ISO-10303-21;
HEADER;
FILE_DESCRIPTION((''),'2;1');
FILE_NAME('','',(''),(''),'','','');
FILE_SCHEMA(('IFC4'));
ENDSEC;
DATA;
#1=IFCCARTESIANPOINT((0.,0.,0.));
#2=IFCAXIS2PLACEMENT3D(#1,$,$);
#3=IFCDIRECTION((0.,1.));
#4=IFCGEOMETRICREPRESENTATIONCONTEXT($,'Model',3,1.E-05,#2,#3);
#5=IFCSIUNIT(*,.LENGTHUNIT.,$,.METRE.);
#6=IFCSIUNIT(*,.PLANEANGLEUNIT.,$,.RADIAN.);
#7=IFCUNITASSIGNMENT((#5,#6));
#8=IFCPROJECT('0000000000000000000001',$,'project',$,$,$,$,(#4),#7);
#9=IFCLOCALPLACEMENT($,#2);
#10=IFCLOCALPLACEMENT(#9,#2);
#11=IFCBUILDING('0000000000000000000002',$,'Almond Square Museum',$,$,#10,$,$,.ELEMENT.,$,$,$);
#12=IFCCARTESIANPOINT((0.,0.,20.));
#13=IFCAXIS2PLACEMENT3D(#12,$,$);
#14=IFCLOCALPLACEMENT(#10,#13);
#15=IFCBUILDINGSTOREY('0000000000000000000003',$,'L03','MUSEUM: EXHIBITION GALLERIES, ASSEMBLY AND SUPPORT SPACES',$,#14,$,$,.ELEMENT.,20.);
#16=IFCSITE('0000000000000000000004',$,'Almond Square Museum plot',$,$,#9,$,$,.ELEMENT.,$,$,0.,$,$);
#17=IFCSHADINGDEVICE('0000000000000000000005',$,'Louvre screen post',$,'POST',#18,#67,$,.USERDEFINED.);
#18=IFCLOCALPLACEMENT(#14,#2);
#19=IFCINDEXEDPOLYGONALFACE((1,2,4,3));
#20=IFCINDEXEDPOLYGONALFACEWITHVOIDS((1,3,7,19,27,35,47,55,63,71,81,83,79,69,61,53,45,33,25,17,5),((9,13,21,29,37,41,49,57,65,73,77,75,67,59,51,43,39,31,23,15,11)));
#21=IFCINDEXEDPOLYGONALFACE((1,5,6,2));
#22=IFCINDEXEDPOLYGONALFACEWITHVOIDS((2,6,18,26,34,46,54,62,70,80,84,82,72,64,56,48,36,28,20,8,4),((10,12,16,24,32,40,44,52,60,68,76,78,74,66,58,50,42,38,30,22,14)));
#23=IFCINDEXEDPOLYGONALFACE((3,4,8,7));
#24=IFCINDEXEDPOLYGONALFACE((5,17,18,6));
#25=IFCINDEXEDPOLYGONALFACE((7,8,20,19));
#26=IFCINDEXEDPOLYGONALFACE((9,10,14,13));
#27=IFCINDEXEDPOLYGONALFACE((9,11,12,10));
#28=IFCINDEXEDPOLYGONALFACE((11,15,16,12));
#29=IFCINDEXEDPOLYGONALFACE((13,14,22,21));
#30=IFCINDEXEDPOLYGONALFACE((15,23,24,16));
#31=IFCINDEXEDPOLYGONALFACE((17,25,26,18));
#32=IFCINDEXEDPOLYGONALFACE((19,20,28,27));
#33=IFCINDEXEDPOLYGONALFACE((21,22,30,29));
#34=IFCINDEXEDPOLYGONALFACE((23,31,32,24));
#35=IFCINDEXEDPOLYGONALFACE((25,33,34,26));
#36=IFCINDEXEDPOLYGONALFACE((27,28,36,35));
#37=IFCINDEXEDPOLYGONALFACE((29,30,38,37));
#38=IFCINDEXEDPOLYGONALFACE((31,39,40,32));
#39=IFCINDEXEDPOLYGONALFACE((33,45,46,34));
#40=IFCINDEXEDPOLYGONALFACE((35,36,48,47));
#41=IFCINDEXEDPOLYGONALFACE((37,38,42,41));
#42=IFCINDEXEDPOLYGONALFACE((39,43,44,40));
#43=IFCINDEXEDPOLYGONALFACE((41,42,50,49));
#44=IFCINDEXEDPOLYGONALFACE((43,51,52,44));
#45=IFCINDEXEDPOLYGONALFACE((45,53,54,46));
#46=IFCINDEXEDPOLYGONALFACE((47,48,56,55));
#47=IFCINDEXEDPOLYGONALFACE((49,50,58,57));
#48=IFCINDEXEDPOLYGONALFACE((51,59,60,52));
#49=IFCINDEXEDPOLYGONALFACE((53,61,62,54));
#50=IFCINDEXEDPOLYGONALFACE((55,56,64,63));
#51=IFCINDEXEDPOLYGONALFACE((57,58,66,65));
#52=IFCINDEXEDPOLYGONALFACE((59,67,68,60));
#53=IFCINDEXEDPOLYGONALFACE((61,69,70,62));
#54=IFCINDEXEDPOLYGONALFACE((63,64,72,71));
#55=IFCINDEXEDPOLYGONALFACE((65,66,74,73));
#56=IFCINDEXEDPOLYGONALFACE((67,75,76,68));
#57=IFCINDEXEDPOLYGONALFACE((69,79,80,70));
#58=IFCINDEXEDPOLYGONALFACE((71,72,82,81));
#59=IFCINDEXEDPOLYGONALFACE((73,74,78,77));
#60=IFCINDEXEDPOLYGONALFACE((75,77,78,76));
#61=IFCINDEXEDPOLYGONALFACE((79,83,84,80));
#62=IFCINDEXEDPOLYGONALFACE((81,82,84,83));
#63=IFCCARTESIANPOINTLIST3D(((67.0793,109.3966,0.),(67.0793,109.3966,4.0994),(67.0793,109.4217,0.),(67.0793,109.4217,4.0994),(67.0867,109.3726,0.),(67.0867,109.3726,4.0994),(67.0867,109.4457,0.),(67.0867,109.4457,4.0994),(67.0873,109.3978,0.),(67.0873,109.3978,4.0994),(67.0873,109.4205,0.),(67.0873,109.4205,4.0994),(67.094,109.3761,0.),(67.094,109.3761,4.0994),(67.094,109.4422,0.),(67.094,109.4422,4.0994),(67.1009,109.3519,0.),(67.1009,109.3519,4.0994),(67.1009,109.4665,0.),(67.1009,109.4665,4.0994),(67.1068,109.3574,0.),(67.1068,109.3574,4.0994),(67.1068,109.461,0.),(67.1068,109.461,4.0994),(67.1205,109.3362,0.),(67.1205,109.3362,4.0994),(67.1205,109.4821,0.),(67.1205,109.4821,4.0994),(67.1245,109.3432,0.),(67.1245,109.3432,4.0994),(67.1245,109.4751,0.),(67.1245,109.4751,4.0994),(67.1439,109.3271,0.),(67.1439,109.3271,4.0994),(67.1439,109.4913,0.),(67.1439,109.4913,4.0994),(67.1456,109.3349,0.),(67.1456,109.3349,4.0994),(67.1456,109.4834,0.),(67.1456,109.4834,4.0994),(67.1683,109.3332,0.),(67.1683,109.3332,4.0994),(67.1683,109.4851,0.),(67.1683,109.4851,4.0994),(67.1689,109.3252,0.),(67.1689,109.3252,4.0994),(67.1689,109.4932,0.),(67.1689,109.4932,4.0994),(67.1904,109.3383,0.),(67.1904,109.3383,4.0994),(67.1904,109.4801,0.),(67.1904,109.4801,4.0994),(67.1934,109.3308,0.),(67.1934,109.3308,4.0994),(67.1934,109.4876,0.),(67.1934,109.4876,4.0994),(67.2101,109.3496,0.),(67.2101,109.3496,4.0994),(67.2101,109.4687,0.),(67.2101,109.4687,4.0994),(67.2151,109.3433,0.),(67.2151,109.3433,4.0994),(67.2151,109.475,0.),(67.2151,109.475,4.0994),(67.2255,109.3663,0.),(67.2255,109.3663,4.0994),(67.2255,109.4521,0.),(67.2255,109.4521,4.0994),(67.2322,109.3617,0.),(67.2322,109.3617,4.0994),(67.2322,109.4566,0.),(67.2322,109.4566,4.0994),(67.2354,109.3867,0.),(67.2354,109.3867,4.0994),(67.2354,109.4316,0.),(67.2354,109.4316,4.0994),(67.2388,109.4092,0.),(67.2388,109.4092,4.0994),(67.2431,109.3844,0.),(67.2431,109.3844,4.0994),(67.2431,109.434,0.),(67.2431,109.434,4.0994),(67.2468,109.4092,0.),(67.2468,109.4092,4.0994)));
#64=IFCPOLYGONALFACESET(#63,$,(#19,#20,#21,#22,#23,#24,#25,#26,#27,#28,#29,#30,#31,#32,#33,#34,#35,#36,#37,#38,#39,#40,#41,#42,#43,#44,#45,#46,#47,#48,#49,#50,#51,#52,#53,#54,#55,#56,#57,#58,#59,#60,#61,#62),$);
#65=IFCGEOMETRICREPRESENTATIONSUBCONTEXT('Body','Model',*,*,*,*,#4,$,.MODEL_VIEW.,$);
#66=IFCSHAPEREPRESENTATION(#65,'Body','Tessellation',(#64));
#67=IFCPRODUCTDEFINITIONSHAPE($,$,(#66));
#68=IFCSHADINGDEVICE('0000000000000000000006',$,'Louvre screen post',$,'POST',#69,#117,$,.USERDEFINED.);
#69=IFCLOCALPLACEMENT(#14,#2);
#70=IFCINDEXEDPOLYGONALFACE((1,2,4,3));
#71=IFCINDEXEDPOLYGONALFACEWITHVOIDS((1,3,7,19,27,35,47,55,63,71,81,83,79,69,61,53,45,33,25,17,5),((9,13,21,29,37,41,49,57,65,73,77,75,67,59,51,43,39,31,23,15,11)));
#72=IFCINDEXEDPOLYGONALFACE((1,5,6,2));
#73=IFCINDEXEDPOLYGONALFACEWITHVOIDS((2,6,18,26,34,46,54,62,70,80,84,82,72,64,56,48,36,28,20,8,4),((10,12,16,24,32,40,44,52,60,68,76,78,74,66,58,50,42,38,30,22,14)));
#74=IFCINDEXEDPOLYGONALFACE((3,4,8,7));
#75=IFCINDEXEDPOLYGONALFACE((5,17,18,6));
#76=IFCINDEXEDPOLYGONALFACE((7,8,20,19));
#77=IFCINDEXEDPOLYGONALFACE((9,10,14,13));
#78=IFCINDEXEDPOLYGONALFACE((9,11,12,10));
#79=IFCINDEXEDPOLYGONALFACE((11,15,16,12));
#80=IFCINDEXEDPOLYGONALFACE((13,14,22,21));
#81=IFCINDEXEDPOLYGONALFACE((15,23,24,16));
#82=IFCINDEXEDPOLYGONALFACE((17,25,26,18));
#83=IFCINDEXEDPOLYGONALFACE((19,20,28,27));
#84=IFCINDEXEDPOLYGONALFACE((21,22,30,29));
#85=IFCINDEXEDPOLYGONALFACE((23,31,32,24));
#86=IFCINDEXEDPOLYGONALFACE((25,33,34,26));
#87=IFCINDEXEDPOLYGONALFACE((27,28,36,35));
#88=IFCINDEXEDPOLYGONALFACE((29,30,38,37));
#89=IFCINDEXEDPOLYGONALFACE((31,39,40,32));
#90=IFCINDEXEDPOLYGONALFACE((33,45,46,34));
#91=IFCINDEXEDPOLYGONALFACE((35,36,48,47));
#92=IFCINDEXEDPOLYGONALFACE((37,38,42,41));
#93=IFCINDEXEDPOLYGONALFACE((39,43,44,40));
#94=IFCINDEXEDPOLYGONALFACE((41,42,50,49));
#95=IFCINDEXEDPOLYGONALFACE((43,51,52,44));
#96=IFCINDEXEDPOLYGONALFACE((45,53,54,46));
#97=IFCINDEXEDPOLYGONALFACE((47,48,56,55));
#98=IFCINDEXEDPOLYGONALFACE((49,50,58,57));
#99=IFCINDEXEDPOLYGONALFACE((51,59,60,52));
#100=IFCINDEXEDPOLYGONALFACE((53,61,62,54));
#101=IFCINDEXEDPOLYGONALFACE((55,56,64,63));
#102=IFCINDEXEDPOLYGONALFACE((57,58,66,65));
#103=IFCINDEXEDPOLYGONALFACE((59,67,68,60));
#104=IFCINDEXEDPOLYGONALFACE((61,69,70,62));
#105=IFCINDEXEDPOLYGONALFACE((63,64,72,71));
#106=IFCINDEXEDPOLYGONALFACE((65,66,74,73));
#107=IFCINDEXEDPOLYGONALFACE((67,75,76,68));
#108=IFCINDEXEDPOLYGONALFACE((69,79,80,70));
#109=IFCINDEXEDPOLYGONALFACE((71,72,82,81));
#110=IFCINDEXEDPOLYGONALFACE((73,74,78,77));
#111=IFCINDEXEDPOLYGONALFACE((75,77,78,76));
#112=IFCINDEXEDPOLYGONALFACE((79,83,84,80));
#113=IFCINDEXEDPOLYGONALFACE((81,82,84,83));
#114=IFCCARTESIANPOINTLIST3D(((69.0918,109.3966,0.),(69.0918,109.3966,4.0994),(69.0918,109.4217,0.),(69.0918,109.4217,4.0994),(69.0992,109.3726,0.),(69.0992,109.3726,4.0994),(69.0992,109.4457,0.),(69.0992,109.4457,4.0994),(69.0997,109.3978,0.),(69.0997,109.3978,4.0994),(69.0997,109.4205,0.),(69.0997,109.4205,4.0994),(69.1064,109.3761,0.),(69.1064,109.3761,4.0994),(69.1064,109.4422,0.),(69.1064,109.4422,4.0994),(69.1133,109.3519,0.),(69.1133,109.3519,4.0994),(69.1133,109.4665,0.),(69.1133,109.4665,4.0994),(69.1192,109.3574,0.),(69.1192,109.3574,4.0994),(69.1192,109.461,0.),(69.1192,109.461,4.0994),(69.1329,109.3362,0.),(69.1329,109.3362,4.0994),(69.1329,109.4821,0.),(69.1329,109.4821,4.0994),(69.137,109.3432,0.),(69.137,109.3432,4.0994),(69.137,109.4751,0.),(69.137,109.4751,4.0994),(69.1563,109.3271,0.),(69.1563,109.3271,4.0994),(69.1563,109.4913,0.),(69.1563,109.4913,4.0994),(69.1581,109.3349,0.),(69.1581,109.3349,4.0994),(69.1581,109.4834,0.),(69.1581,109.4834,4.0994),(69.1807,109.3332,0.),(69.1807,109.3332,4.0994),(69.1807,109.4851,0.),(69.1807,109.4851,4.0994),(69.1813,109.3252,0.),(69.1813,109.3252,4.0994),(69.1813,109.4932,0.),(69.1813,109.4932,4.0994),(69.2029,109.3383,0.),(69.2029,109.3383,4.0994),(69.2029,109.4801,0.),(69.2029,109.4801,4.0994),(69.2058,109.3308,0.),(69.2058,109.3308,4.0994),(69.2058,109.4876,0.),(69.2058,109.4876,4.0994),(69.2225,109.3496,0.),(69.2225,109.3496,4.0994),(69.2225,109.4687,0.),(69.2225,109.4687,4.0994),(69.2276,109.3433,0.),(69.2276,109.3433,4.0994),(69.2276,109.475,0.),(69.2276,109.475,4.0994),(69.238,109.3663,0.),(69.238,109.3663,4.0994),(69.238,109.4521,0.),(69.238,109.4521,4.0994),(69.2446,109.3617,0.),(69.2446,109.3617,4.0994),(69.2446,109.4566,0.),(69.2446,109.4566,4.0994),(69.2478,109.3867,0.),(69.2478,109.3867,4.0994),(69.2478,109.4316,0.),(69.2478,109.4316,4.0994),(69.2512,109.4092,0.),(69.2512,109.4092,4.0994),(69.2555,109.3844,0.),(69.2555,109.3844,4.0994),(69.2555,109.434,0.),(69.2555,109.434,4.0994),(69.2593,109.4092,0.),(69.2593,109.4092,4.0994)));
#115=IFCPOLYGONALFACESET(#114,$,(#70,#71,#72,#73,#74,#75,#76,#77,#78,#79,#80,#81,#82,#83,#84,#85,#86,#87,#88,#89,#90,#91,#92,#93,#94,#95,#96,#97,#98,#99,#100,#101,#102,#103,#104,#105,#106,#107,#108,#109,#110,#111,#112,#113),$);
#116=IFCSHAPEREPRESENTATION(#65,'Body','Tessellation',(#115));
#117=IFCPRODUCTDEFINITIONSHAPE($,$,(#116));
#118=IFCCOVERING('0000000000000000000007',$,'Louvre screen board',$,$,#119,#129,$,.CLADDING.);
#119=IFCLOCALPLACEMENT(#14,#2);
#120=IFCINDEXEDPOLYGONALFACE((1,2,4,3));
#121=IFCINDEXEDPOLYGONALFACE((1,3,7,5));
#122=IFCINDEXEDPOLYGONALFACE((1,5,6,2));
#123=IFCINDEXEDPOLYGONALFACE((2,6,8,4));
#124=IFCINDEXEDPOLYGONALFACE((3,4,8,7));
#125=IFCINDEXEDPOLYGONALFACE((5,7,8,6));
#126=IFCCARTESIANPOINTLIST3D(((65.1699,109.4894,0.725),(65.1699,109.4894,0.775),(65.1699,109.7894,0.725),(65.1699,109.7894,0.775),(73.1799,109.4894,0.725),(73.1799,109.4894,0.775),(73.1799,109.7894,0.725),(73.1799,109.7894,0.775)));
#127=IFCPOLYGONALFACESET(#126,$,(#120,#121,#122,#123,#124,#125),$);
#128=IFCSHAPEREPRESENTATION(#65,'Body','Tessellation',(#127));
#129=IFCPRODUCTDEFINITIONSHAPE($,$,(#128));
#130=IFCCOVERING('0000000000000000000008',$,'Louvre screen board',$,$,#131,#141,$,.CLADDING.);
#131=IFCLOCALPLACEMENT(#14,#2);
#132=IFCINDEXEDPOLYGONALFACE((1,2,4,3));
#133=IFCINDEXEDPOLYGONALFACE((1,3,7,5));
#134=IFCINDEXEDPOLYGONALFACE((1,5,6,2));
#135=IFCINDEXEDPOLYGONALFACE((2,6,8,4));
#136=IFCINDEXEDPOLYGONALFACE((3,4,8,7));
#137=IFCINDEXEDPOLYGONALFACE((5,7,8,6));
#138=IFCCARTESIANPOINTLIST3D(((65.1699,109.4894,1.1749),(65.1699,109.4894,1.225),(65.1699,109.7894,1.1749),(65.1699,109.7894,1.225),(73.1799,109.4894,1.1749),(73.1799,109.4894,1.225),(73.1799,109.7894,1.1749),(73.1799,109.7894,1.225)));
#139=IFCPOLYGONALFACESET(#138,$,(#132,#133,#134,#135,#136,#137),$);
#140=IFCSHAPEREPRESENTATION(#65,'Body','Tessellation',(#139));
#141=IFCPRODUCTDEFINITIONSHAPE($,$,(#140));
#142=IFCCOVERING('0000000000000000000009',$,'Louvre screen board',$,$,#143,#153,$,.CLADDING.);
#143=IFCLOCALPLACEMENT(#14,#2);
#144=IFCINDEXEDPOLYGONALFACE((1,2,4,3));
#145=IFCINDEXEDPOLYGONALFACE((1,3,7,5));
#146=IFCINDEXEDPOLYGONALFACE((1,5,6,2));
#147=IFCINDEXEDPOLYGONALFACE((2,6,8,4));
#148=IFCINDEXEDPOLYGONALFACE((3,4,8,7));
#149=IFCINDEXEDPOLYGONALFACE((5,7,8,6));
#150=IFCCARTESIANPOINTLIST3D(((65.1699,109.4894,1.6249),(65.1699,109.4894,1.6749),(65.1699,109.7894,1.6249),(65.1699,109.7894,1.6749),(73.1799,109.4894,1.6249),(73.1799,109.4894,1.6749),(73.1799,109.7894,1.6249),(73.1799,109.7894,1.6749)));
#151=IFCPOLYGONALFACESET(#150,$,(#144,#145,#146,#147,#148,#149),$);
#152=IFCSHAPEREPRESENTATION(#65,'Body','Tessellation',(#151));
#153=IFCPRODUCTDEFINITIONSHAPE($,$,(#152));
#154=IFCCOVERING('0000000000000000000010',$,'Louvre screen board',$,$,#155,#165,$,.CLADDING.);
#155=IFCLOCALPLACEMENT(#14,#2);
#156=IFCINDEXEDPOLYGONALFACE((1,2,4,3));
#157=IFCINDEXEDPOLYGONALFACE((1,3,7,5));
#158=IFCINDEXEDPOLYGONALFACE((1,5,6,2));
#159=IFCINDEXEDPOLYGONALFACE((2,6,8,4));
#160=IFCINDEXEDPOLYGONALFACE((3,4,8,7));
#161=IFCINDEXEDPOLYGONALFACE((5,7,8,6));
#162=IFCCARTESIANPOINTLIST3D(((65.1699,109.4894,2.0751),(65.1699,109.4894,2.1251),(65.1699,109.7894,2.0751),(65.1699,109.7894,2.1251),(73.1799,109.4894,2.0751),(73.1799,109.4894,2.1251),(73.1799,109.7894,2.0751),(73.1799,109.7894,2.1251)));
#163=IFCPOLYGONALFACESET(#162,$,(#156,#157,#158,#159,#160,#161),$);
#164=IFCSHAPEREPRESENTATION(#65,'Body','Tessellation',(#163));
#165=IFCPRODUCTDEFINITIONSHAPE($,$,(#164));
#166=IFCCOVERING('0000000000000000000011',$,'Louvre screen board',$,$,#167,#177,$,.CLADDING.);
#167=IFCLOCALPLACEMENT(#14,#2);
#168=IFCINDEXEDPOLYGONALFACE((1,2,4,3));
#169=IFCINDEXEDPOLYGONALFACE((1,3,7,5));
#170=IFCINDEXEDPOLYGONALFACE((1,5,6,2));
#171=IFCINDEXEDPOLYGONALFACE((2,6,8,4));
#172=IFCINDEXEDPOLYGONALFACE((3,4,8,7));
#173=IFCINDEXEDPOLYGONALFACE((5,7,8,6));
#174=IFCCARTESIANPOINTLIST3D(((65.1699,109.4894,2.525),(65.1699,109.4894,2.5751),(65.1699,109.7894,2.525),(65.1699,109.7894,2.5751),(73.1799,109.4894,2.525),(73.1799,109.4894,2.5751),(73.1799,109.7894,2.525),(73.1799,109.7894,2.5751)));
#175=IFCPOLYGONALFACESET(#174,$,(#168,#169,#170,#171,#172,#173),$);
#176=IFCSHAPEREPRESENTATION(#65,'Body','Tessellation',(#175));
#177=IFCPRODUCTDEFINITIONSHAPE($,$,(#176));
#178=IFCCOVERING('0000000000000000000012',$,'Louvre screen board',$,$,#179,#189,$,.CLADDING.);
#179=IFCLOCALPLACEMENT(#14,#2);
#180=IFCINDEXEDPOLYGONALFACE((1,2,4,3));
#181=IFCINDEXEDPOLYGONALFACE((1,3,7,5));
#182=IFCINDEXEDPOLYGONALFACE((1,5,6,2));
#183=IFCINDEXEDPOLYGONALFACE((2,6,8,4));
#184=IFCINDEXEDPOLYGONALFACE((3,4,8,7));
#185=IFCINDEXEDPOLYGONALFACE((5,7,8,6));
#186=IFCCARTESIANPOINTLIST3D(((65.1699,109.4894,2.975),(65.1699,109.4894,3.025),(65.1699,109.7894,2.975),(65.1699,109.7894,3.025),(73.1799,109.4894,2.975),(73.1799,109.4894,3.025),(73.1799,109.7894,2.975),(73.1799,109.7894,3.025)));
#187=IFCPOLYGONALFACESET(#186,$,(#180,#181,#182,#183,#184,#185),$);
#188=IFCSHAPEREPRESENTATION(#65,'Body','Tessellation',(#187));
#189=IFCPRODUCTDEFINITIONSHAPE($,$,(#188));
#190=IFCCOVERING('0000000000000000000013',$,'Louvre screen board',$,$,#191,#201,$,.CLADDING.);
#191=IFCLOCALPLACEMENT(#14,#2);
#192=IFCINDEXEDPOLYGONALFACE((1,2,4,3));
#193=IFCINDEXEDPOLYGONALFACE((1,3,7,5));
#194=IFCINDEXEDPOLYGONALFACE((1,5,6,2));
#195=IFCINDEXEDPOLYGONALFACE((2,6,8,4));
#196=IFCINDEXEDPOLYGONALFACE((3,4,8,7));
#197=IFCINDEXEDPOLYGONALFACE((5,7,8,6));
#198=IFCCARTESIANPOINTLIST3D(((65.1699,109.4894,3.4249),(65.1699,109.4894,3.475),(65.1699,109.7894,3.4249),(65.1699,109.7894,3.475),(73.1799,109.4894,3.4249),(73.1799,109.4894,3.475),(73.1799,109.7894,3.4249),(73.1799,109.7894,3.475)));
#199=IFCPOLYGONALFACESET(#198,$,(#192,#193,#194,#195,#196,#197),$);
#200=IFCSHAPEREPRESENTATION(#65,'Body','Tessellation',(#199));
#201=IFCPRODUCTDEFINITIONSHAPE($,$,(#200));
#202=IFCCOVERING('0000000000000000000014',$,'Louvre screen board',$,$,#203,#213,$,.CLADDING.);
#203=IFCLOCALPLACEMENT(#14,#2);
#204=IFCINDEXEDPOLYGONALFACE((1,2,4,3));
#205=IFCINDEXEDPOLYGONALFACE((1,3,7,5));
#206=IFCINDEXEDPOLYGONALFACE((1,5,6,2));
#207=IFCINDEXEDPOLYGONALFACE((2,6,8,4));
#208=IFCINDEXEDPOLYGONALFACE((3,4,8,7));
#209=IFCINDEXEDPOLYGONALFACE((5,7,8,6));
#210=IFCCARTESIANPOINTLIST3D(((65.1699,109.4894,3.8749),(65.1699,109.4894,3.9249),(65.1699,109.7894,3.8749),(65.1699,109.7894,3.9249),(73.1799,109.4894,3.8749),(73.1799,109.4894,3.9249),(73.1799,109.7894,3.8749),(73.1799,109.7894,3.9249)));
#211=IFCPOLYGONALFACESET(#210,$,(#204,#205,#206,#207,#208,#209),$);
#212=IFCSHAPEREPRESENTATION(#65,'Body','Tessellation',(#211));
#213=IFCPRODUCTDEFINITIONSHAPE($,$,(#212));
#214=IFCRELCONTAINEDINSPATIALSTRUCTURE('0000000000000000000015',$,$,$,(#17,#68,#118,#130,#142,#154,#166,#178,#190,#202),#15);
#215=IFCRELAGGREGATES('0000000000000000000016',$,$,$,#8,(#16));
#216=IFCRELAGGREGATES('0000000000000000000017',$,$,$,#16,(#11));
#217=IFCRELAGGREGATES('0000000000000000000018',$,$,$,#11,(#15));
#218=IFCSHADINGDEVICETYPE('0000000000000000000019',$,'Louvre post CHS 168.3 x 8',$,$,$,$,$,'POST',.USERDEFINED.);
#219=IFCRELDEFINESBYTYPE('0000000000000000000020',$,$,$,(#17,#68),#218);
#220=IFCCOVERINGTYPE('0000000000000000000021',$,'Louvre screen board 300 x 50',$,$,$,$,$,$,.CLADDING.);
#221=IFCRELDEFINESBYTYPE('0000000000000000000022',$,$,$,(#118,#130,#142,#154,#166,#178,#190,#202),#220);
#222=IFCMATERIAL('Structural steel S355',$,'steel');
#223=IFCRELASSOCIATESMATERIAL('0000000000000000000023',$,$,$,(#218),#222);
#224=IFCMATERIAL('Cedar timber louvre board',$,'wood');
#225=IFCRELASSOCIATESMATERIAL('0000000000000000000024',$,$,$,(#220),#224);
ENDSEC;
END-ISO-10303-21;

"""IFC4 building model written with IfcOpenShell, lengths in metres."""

from ifc_helpers import new_model, si_unit, direction, frame, origin, origin_2d, place, context, subcontext, project, spatial, rectangle, hollow_circle, extrude, material, material_profile, profile_set, type_object, element, save


model = new_model("IFC4")

# Units and contexts
model_context = context("Model", 3, precision=1e-05, world=origin(), true_north=direction((0.0, 1.0)))
body_context = subcontext(model_context, "Body", "Model", "MODEL_VIEW")
ifc_project = project(units=[si_unit("LENGTHUNIT", "METRE"), si_unit("PLANEANGLEUNIT", "RADIAN")], contexts=[model_context])

# Site, building, storey
site_placement = place(None, origin())
site = spatial("IfcSite", under=ifc_project, at=site_placement, Name="Almond Square Museum plot", CompositionType="ELEMENT", RefElevation=0.0)
building_placement = place(site_placement, origin())
building = spatial("IfcBuilding", under=site, at=building_placement, Name="Almond Square Museum", CompositionType="ELEMENT")
storey_placement = place(building_placement, frame((0.0, 0.0, 20.0)))
storey = spatial("IfcBuildingStorey", under=building, at=storey_placement, Name="L03", Description="MUSEUM: EXHIBITION GALLERIES, ASSEMBLY AND SUPPORT SPACES", CompositionType="ELEMENT", Elevation=20.0)

# Shading devices
ifc_material_1 = material(Name="Structural steel S355", Category="steel")
ifc_material_profile_1 = material_profile(ifc_material_1, hollow_circle(Radius=0.0842, WallThickness=0.0081, at=origin_2d()))
ifc_profile_set_1 = profile_set([ifc_material_profile_1], Name="Structural steel S355")
shading_device_type = type_object("IfcShadingDeviceType", Name="Louvre post CHS 168.3 x 8", ElementType="POST", PredefinedType="USERDEFINED", material=ifc_profile_set_1)
for number, where, z_axis, x_axis, name in (
    (1, (67.1626, 109.4092, 0.0), (0.0, 0.0, 1.0), (1.0, 0.0, 0.0), "Louvre screen post"),
    (2, (69.175, 109.4092, 0.0), (0.0, 0.0, 1.0), (1.0, 0.0, 0.0), "Louvre screen post"),
):
    element("IfcShadingDevice", number, at=place(storey_placement, frame(where, z_axis=z_axis, x_axis=x_axis)), inside=storey, type_object=shading_device_type, Name=name, ObjectType="POST", PredefinedType="USERDEFINED", context=body_context, shape_type="SweptSolid", body=[
        extrude(hollow_circle(Radius=0.0842, WallThickness=0.0081, at=origin_2d()), origin(), (0.0, 0.0, 1.0), 4.0994),
    ])

# Coverings
ifc_material_2 = material(Name="Cedar timber louvre board", Category="wood")
ifc_material_profile_2 = material_profile(ifc_material_2, rectangle(XDim=0.3, YDim=0.05, at=origin_2d()))
ifc_profile_set_2 = profile_set([ifc_material_profile_2], Name="Cedar timber louvre board")
covering_type_1 = type_object("IfcCoveringType", Name="Louvre screen board 300 x 50", PredefinedType="CLADDING", material=ifc_profile_set_2)
for number, where, z_axis, x_axis, name in (
    (3, (65.1699, 109.6394, 0.75), (1.0, 0.0, 0.0), (0.0, 1.0, 0.0), "Louvre screen board"),
    (4, (65.1699, 109.6394, 1.2), (1.0, 0.0, 0.0), (0.0, 1.0, 0.0), "Louvre screen board"),
    (5, (65.1699, 109.6394, 1.6499), (1.0, 0.0, 0.0), (0.0, 1.0, 0.0), "Louvre screen board"),
    (6, (65.1699, 109.6394, 2.1001), (1.0, 0.0, 0.0), (0.0, 1.0, 0.0), "Louvre screen board"),
    (7, (65.1699, 109.6394, 2.55), (1.0, 0.0, 0.0), (0.0, 1.0, 0.0), "Louvre screen board"),
    (8, (65.1699, 109.6394, 3.0), (1.0, 0.0, 0.0), (0.0, 1.0, 0.0), "Louvre screen board"),
    (9, (65.1699, 109.6394, 3.45), (1.0, 0.0, 0.0), (0.0, 1.0, 0.0), "Louvre screen board"),
    (10, (65.1699, 109.6394, 3.8999), (1.0, 0.0, 0.0), (0.0, 1.0, 0.0), "Louvre screen board"),
):
    element("IfcCovering", number, at=place(storey_placement, frame(where, z_axis=z_axis, x_axis=x_axis)), inside=storey, type_object=covering_type_1, Name=name, PredefinedType="CLADDING", context=body_context, shape_type="SweptSolid", body=[
        extrude(rectangle(XDim=0.3, YDim=0.05, at=origin_2d()), origin(), (0.0, 0.0, 1.0), 8.01),
    ])

save(model, "model.ifc")
